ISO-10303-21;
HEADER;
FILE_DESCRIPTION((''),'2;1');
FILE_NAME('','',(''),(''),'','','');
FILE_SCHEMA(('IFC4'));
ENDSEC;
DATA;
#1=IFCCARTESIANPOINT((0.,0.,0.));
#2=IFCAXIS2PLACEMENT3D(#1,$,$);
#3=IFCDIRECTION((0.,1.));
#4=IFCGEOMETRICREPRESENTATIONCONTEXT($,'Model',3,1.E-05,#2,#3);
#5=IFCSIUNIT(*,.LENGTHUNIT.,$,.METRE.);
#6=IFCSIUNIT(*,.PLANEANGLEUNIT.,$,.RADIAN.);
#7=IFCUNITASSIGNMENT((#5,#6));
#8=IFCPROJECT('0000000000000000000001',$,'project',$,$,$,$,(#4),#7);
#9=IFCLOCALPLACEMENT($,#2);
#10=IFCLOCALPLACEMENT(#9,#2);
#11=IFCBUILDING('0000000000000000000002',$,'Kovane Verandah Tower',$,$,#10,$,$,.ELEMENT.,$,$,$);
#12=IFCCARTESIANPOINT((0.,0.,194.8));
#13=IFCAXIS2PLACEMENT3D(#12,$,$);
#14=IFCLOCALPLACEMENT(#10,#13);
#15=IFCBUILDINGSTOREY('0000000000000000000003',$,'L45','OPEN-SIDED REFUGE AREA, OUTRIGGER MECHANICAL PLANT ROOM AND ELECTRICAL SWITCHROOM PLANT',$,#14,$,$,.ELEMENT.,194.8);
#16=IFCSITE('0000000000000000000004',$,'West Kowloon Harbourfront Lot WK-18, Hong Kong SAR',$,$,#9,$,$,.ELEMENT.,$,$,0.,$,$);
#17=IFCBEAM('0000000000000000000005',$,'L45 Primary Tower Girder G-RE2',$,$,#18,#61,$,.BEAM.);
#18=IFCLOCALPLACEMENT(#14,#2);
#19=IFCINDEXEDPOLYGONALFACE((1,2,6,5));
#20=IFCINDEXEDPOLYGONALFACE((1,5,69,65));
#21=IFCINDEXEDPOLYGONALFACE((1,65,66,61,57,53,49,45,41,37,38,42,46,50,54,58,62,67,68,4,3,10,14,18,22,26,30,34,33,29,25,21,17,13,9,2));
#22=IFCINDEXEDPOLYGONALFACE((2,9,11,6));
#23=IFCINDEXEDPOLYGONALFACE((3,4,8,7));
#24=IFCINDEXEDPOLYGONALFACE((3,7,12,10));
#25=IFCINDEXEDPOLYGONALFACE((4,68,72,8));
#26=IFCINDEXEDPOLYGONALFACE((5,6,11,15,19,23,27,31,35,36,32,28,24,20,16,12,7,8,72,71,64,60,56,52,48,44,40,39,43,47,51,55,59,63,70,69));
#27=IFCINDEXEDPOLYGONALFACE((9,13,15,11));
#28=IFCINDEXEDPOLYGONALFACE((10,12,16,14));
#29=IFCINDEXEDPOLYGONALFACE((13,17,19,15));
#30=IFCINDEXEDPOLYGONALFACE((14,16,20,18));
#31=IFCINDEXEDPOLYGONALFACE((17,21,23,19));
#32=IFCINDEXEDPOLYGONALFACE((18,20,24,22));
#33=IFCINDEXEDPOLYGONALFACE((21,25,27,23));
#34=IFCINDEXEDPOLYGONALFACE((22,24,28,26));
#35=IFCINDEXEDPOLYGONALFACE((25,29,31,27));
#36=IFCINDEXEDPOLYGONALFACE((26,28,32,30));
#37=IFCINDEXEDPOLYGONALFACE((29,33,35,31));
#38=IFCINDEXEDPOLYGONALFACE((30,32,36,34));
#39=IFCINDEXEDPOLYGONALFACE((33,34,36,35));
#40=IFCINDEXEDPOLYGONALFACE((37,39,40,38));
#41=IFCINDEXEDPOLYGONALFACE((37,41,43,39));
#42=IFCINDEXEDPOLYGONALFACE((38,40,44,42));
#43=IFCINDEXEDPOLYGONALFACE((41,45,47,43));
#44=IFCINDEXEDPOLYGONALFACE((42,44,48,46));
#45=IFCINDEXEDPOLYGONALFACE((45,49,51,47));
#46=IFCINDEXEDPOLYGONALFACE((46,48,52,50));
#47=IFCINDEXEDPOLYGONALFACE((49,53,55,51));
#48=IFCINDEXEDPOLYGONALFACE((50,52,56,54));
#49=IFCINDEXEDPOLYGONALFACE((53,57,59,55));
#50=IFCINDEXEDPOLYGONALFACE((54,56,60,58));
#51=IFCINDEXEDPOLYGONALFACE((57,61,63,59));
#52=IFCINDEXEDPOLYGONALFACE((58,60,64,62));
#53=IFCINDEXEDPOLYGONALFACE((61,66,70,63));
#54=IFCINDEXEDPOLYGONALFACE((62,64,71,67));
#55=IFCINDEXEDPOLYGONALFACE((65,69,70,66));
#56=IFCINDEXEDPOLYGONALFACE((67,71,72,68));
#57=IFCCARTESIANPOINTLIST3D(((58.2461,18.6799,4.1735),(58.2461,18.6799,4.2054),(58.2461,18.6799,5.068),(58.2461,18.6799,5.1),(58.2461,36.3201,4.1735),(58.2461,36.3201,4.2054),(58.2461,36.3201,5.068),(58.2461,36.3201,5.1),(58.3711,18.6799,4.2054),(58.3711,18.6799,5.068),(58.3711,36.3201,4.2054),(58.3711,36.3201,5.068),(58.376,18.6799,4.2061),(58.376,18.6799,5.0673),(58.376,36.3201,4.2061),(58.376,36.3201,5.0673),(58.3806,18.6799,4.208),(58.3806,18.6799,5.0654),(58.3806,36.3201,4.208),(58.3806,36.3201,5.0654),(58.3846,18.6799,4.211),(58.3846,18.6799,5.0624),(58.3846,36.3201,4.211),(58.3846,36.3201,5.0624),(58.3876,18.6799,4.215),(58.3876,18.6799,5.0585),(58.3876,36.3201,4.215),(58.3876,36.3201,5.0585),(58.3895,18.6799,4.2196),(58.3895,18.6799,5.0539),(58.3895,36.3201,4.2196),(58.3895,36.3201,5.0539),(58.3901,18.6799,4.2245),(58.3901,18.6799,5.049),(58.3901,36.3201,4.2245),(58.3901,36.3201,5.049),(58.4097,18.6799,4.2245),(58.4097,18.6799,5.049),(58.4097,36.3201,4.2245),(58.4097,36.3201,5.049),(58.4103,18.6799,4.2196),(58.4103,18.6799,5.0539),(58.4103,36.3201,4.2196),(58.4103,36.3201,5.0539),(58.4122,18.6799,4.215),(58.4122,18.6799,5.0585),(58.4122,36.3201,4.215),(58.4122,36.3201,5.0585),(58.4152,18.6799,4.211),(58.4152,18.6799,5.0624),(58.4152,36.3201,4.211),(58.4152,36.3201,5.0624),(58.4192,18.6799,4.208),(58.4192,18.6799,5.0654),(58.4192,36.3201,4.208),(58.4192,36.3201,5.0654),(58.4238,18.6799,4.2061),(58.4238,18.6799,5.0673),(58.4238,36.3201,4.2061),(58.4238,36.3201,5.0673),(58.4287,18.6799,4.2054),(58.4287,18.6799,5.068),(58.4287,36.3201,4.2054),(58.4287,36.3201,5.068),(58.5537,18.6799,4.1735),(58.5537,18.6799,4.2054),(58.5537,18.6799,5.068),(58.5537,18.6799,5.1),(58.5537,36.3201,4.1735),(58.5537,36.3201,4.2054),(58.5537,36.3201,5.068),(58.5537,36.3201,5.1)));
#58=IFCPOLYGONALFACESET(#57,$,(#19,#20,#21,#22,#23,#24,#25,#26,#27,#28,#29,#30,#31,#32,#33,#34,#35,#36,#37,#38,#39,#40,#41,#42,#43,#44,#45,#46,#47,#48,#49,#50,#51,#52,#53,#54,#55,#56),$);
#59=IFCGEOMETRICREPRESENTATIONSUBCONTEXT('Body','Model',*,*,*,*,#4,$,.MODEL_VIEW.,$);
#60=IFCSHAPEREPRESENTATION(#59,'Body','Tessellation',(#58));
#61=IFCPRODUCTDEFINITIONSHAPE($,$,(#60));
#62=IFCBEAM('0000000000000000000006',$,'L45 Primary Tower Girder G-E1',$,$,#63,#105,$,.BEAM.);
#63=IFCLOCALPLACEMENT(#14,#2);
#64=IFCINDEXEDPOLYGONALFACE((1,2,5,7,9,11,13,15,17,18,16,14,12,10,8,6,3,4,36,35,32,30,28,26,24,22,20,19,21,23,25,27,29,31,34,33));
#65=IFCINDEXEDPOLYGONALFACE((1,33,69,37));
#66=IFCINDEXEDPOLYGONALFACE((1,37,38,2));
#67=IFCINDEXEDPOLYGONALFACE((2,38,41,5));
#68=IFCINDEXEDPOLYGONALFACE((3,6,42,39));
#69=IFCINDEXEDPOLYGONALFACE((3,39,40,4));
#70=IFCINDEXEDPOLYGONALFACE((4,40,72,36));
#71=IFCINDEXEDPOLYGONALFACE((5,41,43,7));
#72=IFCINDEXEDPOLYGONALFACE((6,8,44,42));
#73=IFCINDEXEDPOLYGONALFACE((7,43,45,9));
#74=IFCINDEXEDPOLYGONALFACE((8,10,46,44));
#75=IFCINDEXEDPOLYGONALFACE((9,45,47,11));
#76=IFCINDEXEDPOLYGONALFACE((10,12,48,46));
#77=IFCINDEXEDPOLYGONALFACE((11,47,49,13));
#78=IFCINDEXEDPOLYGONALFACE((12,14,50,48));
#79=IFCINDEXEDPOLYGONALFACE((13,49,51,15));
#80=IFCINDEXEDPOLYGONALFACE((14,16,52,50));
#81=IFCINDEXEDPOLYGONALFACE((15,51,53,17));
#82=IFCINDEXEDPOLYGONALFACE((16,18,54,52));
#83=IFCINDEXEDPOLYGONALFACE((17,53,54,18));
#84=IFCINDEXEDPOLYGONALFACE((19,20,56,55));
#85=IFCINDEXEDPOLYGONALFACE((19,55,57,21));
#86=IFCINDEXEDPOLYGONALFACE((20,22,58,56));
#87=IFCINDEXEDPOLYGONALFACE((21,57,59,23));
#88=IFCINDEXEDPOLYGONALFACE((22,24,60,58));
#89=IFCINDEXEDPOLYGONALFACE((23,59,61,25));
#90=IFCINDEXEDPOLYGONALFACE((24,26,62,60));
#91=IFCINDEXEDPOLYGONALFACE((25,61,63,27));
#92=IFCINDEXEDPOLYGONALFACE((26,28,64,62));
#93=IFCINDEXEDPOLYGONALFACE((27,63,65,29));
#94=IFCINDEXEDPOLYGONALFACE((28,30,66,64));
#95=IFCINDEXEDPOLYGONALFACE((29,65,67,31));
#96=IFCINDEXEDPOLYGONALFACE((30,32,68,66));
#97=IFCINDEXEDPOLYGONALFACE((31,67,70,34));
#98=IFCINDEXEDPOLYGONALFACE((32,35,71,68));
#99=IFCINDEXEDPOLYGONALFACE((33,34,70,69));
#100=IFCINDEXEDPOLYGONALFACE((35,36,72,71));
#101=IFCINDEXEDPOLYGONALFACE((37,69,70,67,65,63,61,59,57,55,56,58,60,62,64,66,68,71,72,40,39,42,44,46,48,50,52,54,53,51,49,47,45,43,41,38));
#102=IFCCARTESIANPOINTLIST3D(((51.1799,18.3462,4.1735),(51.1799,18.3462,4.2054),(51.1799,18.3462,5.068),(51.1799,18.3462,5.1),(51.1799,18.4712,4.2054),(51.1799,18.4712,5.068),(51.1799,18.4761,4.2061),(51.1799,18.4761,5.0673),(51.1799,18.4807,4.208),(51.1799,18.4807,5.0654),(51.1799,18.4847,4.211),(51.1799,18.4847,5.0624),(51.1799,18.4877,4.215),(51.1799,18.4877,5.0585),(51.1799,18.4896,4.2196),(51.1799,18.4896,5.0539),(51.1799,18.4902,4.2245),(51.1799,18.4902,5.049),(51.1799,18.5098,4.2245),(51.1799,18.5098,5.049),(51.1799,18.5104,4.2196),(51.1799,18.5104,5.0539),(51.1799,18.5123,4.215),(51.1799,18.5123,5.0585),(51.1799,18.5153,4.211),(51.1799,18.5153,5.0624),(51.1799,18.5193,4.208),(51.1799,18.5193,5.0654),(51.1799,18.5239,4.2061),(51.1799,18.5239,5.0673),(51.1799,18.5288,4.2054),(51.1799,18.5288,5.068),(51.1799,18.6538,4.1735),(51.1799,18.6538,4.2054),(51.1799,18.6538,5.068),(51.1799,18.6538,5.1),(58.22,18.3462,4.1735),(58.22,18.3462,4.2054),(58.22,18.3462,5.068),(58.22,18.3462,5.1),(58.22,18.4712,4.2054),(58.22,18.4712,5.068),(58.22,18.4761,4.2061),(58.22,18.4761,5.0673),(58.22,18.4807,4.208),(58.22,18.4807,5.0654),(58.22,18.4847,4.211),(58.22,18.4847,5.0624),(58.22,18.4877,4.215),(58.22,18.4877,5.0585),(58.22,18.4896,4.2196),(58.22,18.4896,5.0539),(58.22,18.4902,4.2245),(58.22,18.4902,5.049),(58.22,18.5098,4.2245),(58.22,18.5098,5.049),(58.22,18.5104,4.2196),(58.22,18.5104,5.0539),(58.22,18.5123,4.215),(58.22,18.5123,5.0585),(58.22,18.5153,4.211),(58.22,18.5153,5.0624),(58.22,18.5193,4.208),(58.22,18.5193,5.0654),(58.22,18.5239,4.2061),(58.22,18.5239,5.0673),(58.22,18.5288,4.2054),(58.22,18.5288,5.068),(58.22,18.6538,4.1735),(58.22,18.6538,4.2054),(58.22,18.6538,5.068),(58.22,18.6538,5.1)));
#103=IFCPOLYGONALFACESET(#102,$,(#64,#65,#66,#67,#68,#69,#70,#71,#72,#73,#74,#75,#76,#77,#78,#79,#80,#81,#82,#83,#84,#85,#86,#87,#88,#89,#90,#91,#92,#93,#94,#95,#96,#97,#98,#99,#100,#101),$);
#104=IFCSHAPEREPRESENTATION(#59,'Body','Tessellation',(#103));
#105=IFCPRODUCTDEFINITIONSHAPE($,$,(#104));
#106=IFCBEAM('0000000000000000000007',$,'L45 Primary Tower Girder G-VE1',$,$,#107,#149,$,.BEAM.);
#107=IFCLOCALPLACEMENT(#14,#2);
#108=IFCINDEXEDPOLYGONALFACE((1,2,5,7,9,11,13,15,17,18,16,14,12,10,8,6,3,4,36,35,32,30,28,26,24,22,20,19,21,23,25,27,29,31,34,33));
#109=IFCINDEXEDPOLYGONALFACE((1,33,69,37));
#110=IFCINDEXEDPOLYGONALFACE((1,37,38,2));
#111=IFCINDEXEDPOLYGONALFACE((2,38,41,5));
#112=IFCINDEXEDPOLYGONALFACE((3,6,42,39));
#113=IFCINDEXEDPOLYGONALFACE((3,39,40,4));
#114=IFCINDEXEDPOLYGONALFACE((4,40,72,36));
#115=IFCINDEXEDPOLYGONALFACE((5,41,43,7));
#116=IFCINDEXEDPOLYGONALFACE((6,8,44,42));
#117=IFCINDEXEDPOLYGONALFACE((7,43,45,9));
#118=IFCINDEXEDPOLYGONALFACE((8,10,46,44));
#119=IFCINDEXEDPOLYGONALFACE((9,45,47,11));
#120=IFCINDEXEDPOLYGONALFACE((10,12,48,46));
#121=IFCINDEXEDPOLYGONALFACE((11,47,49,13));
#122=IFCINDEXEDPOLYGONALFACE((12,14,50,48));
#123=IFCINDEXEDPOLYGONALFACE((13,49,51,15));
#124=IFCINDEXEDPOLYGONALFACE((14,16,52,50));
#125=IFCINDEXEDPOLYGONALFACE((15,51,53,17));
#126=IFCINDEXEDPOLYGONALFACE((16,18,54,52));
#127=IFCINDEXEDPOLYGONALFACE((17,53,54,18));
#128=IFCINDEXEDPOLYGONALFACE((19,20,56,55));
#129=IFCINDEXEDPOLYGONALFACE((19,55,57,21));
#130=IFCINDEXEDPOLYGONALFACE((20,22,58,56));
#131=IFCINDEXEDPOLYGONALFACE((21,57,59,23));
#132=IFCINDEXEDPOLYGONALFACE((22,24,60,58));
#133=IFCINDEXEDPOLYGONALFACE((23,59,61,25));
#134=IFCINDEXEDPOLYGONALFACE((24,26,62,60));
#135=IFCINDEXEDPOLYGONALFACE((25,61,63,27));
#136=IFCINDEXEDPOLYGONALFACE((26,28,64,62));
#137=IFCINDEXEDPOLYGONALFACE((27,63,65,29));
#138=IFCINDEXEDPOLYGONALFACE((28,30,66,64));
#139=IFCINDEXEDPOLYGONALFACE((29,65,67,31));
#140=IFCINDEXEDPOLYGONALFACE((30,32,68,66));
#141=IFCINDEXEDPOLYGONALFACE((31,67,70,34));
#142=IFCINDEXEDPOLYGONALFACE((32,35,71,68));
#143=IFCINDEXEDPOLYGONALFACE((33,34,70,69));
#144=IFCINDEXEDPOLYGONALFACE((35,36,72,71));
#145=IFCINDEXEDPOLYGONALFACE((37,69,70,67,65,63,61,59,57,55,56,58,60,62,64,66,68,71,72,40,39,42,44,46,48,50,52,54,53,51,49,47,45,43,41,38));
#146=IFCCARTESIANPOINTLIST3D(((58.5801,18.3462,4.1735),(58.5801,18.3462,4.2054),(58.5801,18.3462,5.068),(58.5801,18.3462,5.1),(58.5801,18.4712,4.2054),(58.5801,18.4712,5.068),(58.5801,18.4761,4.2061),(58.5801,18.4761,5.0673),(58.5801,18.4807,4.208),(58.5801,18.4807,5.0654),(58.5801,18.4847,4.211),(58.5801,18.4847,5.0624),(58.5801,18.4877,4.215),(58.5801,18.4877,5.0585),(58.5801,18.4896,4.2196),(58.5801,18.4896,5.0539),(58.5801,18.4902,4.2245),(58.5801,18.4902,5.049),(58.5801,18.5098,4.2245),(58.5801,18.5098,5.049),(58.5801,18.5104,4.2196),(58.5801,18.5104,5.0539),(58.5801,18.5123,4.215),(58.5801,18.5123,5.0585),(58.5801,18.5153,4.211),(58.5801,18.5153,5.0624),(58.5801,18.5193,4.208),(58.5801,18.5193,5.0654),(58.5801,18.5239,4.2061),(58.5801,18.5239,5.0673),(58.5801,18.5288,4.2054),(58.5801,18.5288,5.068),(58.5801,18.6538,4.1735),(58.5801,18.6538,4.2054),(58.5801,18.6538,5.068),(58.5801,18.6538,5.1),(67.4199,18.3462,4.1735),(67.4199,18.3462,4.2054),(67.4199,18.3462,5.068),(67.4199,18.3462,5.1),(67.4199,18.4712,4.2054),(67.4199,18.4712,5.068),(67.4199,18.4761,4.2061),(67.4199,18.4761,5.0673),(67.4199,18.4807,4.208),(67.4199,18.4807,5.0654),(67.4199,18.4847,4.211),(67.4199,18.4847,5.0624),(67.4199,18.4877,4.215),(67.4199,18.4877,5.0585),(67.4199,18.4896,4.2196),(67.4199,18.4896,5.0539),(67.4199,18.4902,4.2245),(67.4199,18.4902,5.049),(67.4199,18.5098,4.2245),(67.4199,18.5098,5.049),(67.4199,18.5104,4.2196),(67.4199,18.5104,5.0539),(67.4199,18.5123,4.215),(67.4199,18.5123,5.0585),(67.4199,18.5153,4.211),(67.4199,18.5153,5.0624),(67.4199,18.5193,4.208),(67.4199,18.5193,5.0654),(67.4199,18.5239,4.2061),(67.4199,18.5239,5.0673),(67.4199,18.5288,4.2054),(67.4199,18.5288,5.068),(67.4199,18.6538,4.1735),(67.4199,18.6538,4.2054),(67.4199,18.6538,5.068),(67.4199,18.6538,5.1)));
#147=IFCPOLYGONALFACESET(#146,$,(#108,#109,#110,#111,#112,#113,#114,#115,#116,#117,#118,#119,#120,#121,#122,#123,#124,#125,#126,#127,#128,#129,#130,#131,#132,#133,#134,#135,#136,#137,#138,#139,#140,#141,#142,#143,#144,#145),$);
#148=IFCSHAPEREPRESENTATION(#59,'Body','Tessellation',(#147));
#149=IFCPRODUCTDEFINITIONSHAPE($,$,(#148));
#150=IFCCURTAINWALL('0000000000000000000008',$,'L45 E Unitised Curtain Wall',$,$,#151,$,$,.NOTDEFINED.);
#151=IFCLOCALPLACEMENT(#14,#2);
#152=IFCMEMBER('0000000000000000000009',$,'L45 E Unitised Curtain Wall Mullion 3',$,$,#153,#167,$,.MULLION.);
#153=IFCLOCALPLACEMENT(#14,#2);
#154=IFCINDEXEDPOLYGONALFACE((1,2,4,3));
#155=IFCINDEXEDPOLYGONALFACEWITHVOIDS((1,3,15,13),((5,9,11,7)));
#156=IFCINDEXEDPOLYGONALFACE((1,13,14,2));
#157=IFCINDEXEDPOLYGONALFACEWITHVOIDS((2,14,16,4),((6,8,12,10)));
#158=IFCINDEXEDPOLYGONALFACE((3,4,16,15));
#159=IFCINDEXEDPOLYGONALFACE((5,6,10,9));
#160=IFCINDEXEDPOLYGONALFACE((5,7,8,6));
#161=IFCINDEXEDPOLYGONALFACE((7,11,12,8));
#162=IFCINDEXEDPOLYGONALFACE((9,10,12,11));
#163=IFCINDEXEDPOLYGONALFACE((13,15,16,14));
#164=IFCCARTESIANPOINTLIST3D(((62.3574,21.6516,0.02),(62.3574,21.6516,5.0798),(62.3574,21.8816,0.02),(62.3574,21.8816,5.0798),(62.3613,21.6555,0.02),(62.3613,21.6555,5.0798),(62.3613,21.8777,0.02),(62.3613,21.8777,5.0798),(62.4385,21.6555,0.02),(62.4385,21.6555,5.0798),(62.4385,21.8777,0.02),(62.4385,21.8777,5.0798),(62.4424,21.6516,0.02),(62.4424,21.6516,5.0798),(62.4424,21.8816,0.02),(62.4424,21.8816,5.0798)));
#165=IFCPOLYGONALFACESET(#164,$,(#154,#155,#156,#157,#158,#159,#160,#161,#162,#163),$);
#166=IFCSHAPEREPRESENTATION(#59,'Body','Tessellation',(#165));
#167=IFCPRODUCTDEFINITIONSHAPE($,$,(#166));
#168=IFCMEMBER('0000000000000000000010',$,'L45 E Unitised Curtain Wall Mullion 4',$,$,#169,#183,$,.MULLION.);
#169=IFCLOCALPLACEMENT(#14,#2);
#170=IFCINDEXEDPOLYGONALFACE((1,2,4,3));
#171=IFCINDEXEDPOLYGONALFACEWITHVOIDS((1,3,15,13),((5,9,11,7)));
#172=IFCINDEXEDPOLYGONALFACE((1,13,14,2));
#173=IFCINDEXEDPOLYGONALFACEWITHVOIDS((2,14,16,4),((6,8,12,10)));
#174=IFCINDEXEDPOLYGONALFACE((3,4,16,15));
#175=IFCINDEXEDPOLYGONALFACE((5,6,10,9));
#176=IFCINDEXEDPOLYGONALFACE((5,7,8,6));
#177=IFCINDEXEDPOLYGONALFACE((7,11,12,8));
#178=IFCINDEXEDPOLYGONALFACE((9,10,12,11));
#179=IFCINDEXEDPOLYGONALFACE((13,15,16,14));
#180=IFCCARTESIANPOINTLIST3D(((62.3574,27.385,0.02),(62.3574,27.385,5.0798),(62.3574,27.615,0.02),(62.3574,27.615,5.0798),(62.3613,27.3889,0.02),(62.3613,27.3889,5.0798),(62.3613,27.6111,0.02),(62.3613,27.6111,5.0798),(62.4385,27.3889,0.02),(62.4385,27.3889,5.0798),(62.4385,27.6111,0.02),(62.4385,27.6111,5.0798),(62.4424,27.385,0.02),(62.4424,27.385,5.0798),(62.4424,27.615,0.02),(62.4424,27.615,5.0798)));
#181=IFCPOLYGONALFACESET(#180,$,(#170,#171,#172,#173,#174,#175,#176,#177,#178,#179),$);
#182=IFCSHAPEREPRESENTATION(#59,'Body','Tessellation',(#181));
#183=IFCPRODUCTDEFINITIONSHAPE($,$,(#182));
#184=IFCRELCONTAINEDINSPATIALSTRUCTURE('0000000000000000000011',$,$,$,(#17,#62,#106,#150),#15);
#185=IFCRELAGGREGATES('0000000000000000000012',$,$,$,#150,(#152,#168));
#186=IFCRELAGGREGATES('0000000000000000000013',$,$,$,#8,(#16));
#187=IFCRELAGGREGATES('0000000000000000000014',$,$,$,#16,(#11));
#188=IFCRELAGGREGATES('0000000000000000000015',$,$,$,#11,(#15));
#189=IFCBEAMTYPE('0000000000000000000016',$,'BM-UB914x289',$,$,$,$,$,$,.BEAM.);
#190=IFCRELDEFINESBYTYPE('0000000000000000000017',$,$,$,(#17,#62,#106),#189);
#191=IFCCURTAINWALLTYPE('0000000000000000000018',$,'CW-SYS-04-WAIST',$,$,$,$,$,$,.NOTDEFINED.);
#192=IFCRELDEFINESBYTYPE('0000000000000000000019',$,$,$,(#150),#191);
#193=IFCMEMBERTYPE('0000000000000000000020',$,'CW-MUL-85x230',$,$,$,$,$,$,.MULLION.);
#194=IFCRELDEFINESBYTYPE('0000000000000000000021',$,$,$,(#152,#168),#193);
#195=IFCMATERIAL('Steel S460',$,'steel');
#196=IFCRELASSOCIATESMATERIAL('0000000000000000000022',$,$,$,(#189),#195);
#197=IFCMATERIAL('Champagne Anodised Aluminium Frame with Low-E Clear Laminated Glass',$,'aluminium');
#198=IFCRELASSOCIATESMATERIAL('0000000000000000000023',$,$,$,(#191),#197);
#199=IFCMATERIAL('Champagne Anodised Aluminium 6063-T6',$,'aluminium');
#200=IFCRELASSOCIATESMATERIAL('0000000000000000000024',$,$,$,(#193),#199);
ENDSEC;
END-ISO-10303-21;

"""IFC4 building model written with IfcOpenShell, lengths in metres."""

from ifc_helpers import new_model, si_unit, direction, frame, origin, origin_2d, place, context, subcontext, project, spatial, hollow_rectangle, i_section, extrude, material, material_profile, profile_set, type_object, element, aggregate, save


model = new_model("IFC4")

# Units and contexts
model_context = context("Model", 3, precision=1e-05, world=origin(), true_north=direction((0.0, 1.0)))
body_context = subcontext(model_context, "Body", "Model", "MODEL_VIEW")
ifc_project = project(units=[si_unit("LENGTHUNIT", "METRE"), si_unit("PLANEANGLEUNIT", "RADIAN")], contexts=[model_context])

# Site, building, storey
site_placement = place(None, origin())
site = spatial("IfcSite", under=ifc_project, at=site_placement, Name="West Kowloon Harbourfront Lot WK-18, Hong Kong SAR", CompositionType="ELEMENT", RefElevation=0.0)
building_placement = place(site_placement, origin())
building = spatial("IfcBuilding", under=site, at=building_placement, Name="Kovane Verandah Tower", CompositionType="ELEMENT")
storey_placement = place(building_placement, frame((0.0, 0.0, 194.8)))
storey = spatial("IfcBuildingStorey", under=building, at=storey_placement, Name="L45", Description="OPEN-SIDED REFUGE AREA, OUTRIGGER MECHANICAL PLANT ROOM AND ELECTRICAL SWITCHROOM PLANT", CompositionType="ELEMENT", Elevation=194.8)

# Shared definitions
ifc_material_1 = material(Name="Steel S460", Category="steel")

# Beams
ifc_material_profile_1 = material_profile(ifc_material_1, i_section(OverallWidth=0.3076, OverallDepth=0.9265, WebThickness=0.0195, FlangeThickness=0.032, FilletRadius=0.019, at=origin_2d()), Name="UB914x305x289")
ifc_profile_set_1 = profile_set([ifc_material_profile_1], Name="Steel S460")
beam_type_1 = type_object("IfcBeamType", Name="BM-UB914x289", PredefinedType="BEAM", material=ifc_profile_set_1)
beam_1_placement = place(storey_placement, frame((58.3999, 18.6799, 4.6367), z_axis=(0.0, 1.0, 0.0), x_axis=(-1.0, 0.0, 0.0)))
element("IfcBeam", 1, at=beam_1_placement, inside=storey, type_object=beam_type_1, Name="L45 Primary Tower Girder G-RE2", PredefinedType="BEAM", context=body_context, shape_type="SweptSolid", body=[
    extrude(i_section(OverallWidth=0.3076, OverallDepth=0.9265, WebThickness=0.0195, FlangeThickness=0.032, FilletRadius=0.019, at=origin_2d()), origin(), (0.0, 0.0, 1.0), 17.6401),
])
beam_2_placement = place(storey_placement, frame((51.1799, 18.5, 4.6367), z_axis=(1.0, 0.0, 0.0), x_axis=(0.0, 1.0, 0.0)))
element("IfcBeam", 2, at=beam_2_placement, inside=storey, type_object=beam_type_1, Name="L45 Primary Tower Girder G-E1", PredefinedType="BEAM", context=body_context, shape_type="SweptSolid", body=[
    extrude(i_section(OverallWidth=0.3076, OverallDepth=0.9265, WebThickness=0.0195, FlangeThickness=0.032, FilletRadius=0.019, at=origin_2d()), origin(), (0.0, 0.0, 1.0), 7.04),
])
beam_3_placement = place(storey_placement, frame((58.5801, 18.5, 4.6367), z_axis=(1.0, 0.0, 0.0), x_axis=(0.0, 1.0, 0.0)))
element("IfcBeam", 3, at=beam_3_placement, inside=storey, type_object=beam_type_1, Name="L45 Primary Tower Girder G-VE1", PredefinedType="BEAM", context=body_context, shape_type="SweptSolid", body=[
    extrude(i_section(OverallWidth=0.3076, OverallDepth=0.9265, WebThickness=0.0195, FlangeThickness=0.032, FilletRadius=0.019, at=origin_2d()), origin(), (0.0, 0.0, 1.0), 8.8398),
])

# Curtain wall, members
ifc_material_2 = material(Name="Champagne Anodised Aluminium Frame with Low-E Clear Laminated Glass", Category="aluminium")
curtain_wall_type = type_object("IfcCurtainWallType", Name="CW-SYS-04-WAIST", PredefinedType="NOTDEFINED", material=ifc_material_2)
curtain_wall_placement = place(storey_placement, origin())
curtain_wall = element("IfcCurtainWall", 4, at=curtain_wall_placement, inside=storey, type_object=curtain_wall_type, Name="L45 E Unitised Curtain Wall", PredefinedType="NOTDEFINED")
ifc_material_3 = material(Name="Champagne Anodised Aluminium 6063-T6", Category="aluminium")
ifc_material_profile_2 = material_profile(ifc_material_3, hollow_rectangle(XDim=0.085, YDim=0.23, WallThickness=0.0039, at=origin_2d()), Name="AL85x230x4")
ifc_profile_set_2 = profile_set([ifc_material_profile_2], Name="Champagne Anodised Aluminium 6063-T6")
member_type_1 = type_object("IfcMemberType", Name="CW-MUL-85x230", PredefinedType="MULLION", material=ifc_profile_set_2)
member_1_placement = place(storey_placement, frame((62.3999, 21.7666, 0.02), z_axis=(0.0, 0.0, 1.0), x_axis=(1.0, 0.0, 0.0)))
member_1 = element("IfcMember", 5, at=member_1_placement, type_object=member_type_1, Name="L45 E Unitised Curtain Wall Mullion 3", PredefinedType="MULLION", context=body_context, shape_type="SweptSolid", body=[
    extrude(hollow_rectangle(XDim=0.085, YDim=0.23, WallThickness=0.0039, at=origin_2d()), origin(), (0.0, 0.0, 1.0), 5.0598),
])
member_2_placement = place(storey_placement, frame((62.3999, 27.5, 0.02), z_axis=(0.0, 0.0, 1.0), x_axis=(1.0, 0.0, 0.0)))
member_2 = element("IfcMember", 6, at=member_2_placement, type_object=member_type_1, Name="L45 E Unitised Curtain Wall Mullion 4", PredefinedType="MULLION", context=body_context, shape_type="SweptSolid", body=[
    extrude(hollow_rectangle(XDim=0.085, YDim=0.23, WallThickness=0.0039, at=origin_2d()), origin(), (0.0, 0.0, 1.0), 5.0598),
])

aggregate(curtain_wall, [member_1, member_2])

save(model, "model.ifc")
